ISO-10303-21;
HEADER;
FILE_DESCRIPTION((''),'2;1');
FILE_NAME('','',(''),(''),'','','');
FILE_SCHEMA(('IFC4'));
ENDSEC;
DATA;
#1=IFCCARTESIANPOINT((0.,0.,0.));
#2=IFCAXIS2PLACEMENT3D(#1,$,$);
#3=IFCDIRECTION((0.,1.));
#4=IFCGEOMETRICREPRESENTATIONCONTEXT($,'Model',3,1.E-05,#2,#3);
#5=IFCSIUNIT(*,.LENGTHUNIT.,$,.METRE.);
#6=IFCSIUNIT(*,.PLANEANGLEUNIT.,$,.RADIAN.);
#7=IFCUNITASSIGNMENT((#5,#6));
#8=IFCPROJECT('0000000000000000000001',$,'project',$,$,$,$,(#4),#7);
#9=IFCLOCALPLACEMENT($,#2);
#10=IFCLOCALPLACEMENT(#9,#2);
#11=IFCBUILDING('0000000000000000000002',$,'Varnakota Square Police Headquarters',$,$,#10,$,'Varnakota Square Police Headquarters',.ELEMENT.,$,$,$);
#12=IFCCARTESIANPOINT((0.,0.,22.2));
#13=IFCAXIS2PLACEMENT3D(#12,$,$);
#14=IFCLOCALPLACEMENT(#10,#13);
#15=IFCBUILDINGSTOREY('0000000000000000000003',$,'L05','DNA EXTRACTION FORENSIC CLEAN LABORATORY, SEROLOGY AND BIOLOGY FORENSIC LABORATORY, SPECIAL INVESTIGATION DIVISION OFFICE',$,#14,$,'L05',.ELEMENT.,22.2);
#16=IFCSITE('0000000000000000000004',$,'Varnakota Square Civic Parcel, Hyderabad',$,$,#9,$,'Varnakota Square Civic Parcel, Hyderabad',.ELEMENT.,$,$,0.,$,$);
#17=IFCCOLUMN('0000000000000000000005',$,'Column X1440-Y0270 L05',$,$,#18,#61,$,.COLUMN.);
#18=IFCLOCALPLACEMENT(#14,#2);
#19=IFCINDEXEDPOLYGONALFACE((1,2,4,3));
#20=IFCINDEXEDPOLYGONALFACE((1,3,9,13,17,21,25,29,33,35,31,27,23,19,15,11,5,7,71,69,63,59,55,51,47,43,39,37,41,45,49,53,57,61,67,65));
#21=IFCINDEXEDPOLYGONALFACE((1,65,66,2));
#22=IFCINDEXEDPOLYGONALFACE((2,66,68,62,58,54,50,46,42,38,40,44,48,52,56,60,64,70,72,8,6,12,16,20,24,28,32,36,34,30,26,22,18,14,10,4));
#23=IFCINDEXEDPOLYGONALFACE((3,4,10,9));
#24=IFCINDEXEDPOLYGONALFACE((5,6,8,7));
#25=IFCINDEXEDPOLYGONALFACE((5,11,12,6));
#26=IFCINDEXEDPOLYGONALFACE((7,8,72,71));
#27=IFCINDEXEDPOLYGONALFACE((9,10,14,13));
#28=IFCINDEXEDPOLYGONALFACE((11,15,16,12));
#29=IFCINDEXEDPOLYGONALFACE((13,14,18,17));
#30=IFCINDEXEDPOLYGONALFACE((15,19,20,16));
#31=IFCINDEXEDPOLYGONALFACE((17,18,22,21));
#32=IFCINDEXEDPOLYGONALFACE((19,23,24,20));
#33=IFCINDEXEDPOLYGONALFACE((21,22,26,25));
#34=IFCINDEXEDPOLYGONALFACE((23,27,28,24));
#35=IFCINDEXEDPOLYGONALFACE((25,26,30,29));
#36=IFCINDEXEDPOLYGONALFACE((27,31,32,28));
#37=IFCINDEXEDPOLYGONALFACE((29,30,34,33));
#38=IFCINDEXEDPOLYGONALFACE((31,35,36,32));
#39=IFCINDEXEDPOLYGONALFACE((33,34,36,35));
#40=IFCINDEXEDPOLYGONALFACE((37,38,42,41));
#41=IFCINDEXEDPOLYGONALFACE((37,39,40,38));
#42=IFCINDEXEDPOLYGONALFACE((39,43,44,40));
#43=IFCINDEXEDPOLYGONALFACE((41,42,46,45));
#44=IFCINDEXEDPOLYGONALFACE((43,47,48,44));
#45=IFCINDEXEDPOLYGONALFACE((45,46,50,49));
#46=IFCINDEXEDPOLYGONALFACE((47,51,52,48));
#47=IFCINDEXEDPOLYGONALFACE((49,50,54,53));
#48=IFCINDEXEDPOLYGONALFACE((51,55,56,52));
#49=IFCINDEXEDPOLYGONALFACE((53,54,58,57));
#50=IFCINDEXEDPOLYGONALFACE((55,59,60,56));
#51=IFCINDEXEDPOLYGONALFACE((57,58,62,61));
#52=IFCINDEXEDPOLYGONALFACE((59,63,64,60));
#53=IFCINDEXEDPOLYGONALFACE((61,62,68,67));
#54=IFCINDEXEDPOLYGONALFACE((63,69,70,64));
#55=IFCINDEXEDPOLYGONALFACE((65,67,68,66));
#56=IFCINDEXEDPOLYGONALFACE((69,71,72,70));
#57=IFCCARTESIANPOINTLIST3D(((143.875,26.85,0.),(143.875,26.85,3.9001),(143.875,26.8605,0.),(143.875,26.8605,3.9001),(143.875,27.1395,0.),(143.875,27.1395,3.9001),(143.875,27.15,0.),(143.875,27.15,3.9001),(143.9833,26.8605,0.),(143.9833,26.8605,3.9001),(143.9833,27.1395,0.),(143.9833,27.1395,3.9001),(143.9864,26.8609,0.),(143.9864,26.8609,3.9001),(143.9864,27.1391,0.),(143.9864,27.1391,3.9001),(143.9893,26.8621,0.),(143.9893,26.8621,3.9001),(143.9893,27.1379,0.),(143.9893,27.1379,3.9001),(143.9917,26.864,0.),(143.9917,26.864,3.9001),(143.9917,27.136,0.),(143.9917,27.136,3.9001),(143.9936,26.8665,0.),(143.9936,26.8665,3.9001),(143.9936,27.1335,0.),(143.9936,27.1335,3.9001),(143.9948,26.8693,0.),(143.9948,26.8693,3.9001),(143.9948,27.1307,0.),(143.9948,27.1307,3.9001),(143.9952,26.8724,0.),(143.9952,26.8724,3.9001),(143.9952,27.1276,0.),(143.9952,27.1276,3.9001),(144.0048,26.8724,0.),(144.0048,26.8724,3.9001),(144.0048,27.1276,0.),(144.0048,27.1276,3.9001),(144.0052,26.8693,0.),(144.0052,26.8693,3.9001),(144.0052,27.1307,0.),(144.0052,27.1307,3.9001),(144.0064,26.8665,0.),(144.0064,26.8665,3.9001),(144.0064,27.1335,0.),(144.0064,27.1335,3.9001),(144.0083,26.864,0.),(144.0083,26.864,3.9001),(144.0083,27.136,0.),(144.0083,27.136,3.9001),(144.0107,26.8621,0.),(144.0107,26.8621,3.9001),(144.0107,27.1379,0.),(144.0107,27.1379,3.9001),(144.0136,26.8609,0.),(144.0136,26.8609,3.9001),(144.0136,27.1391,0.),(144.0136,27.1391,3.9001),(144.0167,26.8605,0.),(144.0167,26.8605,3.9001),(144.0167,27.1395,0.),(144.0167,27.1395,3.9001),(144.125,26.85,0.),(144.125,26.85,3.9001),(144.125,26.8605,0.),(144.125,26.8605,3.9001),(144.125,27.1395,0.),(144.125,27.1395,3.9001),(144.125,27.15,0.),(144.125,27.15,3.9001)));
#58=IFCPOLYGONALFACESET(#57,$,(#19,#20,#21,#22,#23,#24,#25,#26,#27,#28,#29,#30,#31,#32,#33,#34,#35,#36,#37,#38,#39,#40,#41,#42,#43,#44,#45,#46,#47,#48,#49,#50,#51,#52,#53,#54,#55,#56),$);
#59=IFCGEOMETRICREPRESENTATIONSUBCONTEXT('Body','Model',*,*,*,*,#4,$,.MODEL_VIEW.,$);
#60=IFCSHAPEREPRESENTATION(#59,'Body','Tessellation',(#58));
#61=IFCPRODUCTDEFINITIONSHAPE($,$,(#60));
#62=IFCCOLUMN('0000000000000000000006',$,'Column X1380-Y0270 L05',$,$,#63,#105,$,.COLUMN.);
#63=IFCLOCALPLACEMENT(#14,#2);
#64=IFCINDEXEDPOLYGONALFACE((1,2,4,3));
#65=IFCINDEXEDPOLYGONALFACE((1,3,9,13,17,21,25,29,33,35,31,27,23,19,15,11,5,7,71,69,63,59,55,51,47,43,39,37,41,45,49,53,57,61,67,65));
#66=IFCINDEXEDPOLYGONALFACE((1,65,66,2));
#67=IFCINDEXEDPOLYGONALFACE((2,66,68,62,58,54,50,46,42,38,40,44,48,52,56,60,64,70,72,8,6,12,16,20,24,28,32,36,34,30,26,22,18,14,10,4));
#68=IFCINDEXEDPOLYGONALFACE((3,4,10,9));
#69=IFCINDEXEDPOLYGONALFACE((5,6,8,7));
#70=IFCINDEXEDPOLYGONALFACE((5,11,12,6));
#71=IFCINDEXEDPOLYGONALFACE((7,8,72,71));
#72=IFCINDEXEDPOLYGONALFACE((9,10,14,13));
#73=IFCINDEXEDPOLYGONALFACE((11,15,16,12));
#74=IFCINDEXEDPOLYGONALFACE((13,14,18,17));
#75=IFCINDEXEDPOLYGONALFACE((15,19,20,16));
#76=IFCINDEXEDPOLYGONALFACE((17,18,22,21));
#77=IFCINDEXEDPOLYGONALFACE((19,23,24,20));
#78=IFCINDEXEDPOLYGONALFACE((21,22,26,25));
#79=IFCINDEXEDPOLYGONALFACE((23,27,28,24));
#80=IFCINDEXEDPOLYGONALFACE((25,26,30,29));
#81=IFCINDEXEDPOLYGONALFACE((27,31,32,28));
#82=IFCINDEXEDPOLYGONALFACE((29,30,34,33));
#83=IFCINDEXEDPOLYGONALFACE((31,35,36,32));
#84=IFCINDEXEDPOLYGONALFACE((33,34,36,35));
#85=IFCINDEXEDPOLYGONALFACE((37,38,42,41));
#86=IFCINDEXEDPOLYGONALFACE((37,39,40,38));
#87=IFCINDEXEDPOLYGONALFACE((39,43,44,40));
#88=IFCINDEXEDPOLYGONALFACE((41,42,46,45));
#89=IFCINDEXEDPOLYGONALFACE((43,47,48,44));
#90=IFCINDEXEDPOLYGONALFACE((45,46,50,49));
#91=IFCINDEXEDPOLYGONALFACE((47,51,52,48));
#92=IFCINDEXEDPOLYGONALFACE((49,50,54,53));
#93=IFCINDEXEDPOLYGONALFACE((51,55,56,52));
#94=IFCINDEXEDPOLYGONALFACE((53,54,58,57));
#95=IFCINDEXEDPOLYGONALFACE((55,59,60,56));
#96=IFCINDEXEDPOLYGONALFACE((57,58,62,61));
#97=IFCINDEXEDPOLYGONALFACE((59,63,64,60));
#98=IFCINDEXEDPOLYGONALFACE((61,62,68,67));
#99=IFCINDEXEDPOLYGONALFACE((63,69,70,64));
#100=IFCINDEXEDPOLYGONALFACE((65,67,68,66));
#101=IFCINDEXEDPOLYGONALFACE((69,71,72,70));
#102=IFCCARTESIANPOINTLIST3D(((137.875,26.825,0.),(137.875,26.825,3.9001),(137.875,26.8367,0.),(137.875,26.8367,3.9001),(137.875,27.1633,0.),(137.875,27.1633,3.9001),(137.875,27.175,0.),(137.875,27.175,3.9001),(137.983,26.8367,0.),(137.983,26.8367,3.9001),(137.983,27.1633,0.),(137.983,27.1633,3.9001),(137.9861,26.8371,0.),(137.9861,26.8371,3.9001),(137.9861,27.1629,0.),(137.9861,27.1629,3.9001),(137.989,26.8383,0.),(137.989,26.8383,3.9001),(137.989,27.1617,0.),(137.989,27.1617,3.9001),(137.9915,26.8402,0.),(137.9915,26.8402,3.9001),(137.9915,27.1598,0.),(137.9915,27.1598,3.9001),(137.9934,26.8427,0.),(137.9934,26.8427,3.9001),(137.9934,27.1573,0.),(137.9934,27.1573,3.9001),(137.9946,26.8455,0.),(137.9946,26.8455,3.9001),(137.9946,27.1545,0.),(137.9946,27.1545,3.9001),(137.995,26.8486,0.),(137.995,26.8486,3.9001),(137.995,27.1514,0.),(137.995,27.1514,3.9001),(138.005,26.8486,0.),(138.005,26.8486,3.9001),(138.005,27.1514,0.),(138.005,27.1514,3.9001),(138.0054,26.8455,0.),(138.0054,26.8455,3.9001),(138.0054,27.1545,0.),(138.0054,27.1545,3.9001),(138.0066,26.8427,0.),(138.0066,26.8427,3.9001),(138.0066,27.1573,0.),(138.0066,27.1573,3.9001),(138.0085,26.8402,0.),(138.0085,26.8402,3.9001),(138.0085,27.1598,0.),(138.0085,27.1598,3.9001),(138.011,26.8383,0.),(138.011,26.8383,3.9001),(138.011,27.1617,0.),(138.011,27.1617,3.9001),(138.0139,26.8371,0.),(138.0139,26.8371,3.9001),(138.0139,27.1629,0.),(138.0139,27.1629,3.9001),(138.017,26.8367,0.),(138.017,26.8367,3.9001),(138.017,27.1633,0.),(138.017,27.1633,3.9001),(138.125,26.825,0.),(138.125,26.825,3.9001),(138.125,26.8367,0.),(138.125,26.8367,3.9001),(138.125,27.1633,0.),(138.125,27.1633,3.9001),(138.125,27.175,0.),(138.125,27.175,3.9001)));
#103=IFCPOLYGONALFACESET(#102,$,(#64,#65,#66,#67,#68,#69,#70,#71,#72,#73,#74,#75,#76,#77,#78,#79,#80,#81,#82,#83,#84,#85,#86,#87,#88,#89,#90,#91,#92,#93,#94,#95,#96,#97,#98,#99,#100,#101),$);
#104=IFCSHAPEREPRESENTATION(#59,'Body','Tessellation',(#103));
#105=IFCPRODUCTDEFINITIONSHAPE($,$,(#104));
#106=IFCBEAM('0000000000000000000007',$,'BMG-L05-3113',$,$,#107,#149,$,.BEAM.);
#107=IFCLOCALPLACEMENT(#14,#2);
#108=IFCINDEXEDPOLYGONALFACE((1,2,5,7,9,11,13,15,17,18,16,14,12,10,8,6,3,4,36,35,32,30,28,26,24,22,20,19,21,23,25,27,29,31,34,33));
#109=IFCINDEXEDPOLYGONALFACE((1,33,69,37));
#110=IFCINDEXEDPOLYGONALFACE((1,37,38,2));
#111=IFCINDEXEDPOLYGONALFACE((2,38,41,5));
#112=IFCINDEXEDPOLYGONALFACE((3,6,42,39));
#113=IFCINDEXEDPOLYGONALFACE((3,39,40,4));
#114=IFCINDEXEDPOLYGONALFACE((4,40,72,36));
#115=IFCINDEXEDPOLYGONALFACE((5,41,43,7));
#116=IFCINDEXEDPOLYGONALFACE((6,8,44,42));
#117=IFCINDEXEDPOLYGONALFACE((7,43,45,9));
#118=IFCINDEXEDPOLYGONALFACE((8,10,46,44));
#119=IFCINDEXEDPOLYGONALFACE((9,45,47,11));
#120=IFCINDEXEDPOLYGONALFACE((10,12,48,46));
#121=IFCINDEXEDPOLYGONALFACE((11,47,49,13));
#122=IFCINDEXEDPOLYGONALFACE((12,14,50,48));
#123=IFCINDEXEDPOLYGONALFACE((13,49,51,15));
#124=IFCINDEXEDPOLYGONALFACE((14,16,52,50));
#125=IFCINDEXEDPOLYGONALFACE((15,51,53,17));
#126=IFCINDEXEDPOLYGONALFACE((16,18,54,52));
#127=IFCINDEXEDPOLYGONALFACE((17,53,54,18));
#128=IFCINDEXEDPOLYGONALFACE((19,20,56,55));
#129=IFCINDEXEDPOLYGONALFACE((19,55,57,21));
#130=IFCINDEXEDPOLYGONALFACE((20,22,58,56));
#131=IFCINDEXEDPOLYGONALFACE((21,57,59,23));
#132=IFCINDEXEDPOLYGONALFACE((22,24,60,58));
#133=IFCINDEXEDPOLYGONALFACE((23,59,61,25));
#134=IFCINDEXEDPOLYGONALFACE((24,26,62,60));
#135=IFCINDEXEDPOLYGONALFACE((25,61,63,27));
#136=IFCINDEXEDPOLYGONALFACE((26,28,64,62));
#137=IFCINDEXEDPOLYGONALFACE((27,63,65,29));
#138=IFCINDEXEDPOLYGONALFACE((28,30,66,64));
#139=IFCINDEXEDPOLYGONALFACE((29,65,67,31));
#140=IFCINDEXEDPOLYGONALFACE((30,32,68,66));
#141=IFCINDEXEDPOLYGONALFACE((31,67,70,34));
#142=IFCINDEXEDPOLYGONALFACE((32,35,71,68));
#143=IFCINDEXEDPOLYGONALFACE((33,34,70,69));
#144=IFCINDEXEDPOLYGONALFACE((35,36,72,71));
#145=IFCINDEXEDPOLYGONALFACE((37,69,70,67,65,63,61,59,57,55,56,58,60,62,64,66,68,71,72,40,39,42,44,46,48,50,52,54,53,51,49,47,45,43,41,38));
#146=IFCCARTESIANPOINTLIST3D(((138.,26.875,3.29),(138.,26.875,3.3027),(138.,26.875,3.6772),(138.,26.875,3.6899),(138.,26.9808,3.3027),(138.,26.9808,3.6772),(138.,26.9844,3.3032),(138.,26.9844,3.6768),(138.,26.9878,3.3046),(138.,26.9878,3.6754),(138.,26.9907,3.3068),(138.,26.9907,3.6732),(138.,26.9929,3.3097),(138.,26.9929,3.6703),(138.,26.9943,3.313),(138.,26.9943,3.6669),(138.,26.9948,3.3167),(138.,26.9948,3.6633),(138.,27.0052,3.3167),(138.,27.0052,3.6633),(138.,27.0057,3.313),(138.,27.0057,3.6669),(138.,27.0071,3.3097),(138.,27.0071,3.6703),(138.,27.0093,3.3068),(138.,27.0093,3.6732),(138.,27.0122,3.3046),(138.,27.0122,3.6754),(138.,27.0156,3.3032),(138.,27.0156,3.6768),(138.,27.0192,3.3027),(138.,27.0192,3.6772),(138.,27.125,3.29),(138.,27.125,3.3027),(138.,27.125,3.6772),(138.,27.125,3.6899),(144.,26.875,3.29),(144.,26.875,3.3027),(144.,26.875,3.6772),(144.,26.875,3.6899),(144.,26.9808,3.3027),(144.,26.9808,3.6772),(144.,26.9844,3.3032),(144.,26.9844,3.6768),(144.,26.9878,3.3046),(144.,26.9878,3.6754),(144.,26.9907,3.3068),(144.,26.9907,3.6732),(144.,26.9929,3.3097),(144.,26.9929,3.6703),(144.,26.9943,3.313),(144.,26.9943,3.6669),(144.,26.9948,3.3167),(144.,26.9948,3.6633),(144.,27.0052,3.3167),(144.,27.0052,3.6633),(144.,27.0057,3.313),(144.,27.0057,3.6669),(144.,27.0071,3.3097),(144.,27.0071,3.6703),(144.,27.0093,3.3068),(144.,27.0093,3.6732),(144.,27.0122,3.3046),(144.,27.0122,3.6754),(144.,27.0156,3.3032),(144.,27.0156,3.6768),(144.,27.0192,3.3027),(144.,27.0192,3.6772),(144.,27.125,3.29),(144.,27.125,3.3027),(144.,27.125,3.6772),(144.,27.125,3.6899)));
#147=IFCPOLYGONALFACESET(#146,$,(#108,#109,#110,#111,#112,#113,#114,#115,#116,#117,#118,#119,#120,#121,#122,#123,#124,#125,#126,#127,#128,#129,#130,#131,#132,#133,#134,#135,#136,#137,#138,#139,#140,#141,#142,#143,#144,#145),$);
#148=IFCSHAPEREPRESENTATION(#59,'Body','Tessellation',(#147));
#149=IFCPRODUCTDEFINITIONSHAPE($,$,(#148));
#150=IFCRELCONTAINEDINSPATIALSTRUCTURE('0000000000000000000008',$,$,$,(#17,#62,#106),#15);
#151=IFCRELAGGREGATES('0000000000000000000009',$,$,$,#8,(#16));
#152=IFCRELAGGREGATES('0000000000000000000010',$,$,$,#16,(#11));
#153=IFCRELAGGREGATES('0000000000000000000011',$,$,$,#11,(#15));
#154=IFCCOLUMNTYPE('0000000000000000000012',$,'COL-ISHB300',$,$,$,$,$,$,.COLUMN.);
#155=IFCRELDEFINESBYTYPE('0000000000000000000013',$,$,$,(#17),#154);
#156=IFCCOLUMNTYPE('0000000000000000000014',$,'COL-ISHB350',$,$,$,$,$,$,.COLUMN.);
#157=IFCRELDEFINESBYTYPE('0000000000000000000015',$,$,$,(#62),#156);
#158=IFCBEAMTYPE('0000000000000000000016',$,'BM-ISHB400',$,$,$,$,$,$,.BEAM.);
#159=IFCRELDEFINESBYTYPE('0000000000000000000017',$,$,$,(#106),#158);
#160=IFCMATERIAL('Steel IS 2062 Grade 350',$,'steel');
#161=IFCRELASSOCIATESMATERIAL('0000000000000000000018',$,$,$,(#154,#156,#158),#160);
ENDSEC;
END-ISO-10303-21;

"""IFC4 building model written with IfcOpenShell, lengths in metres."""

from ifc_helpers import new_model, si_unit, direction, frame, origin, origin_2d, place, context, subcontext, project, spatial, i_section, extrude, material, material_profile, profile_set, type_object, element, save


model = new_model("IFC4")

# Units and contexts
model_context = context("Model", 3, precision=1e-05, world=origin(), true_north=direction((0.0, 1.0)))
body_context = subcontext(model_context, "Body", "Model", "MODEL_VIEW")
ifc_project = project(units=[si_unit("LENGTHUNIT", "METRE"), si_unit("PLANEANGLEUNIT", "RADIAN")], contexts=[model_context])

# Site, building, storey
site_placement = place(None, origin())
site = spatial("IfcSite", under=ifc_project, at=site_placement, Name="Varnakota Square Civic Parcel, Hyderabad", LongName="Varnakota Square Civic Parcel, Hyderabad", CompositionType="ELEMENT", RefElevation=0.0)
building_placement = place(site_placement, origin())
building = spatial("IfcBuilding", under=site, at=building_placement, Name="Varnakota Square Police Headquarters", LongName="Varnakota Square Police Headquarters", CompositionType="ELEMENT")
storey_placement = place(building_placement, frame((0.0, 0.0, 22.2)))
storey = spatial("IfcBuildingStorey", under=building, at=storey_placement, Name="L05", Description="DNA EXTRACTION FORENSIC CLEAN LABORATORY, SEROLOGY AND BIOLOGY FORENSIC LABORATORY, SPECIAL INVESTIGATION DIVISION OFFICE", LongName="L05", CompositionType="ELEMENT", Elevation=22.2)

# Columns
ifc_material_1 = material(Name="Steel IS 2062 Grade 350", Category="steel")
ifc_material_profile_1 = material_profile(ifc_material_1, i_section(OverallWidth=0.25, OverallDepth=0.3, WebThickness=0.0095, FlangeThickness=0.0105, FilletRadius=0.012, at=origin_2d()), Name="ISHB 300")
ifc_profile_set_1 = profile_set([ifc_material_profile_1], Name="Steel IS 2062 Grade 350")
column_type_1 = type_object("IfcColumnType", Name="COL-ISHB300", PredefinedType="COLUMN", material=ifc_profile_set_1)
column_1_placement = place(storey_placement, frame((144.0, 27.0, 0.0), z_axis=(0.0, 0.0, 1.0), x_axis=(1.0, 0.0, 0.0)))
element("IfcColumn", 1, at=column_1_placement, inside=storey, type_object=column_type_1, Name="Column X1440-Y0270 L05", PredefinedType="COLUMN", context=body_context, shape_type="SweptSolid", body=[
    extrude(i_section(OverallWidth=0.25, OverallDepth=0.3, WebThickness=0.0095, FlangeThickness=0.0105, FilletRadius=0.012, at=origin_2d()), origin(), (0.0, 0.0, 1.0), 3.9001),
])
ifc_material_profile_2 = material_profile(ifc_material_1, i_section(OverallWidth=0.25, OverallDepth=0.3501, WebThickness=0.01, FlangeThickness=0.0117, FilletRadius=0.012, at=origin_2d()), Name="ISHB 350")
ifc_profile_set_2 = profile_set([ifc_material_profile_2], Name="Steel IS 2062 Grade 350")
column_type_2 = type_object("IfcColumnType", Name="COL-ISHB350", PredefinedType="COLUMN", material=ifc_profile_set_2)
column_2_placement = place(storey_placement, frame((138.0, 27.0, 0.0), z_axis=(0.0, 0.0, 1.0), x_axis=(1.0, 0.0, 0.0)))
element("IfcColumn", 2, at=column_2_placement, inside=storey, type_object=column_type_2, Name="Column X1380-Y0270 L05", PredefinedType="COLUMN", context=body_context, shape_type="SweptSolid", body=[
    extrude(i_section(OverallWidth=0.25, OverallDepth=0.3501, WebThickness=0.01, FlangeThickness=0.0117, FilletRadius=0.012, at=origin_2d()), origin(), (0.0, 0.0, 1.0), 3.9001),
])

# Beam
ifc_material_profile_3 = material_profile(ifc_material_1, i_section(OverallWidth=0.25, OverallDepth=0.3999, WebThickness=0.0105, FlangeThickness=0.0127, FilletRadius=0.0139, at=origin_2d()), Name="ISHB 400")
ifc_profile_set_3 = profile_set([ifc_material_profile_3], Name="Steel IS 2062 Grade 350")
beam_type_1 = type_object("IfcBeamType", Name="BM-ISHB400", PredefinedType="BEAM", material=ifc_profile_set_3)
beam_1_placement = place(storey_placement, frame((138.0, 27.0, 3.49), z_axis=(1.0, 0.0, 0.0), x_axis=(0.0, 1.0, 0.0)))
element("IfcBeam", 3, at=beam_1_placement, inside=storey, type_object=beam_type_1, Name="BMG-L05-3113", PredefinedType="BEAM", context=body_context, shape_type="SweptSolid", body=[
    extrude(i_section(OverallWidth=0.25, OverallDepth=0.3999, WebThickness=0.0105, FlangeThickness=0.0127, FilletRadius=0.0139, at=origin_2d()), origin(), (0.0, 0.0, 1.0), 6.0),
])

save(model, "model.ifc")
